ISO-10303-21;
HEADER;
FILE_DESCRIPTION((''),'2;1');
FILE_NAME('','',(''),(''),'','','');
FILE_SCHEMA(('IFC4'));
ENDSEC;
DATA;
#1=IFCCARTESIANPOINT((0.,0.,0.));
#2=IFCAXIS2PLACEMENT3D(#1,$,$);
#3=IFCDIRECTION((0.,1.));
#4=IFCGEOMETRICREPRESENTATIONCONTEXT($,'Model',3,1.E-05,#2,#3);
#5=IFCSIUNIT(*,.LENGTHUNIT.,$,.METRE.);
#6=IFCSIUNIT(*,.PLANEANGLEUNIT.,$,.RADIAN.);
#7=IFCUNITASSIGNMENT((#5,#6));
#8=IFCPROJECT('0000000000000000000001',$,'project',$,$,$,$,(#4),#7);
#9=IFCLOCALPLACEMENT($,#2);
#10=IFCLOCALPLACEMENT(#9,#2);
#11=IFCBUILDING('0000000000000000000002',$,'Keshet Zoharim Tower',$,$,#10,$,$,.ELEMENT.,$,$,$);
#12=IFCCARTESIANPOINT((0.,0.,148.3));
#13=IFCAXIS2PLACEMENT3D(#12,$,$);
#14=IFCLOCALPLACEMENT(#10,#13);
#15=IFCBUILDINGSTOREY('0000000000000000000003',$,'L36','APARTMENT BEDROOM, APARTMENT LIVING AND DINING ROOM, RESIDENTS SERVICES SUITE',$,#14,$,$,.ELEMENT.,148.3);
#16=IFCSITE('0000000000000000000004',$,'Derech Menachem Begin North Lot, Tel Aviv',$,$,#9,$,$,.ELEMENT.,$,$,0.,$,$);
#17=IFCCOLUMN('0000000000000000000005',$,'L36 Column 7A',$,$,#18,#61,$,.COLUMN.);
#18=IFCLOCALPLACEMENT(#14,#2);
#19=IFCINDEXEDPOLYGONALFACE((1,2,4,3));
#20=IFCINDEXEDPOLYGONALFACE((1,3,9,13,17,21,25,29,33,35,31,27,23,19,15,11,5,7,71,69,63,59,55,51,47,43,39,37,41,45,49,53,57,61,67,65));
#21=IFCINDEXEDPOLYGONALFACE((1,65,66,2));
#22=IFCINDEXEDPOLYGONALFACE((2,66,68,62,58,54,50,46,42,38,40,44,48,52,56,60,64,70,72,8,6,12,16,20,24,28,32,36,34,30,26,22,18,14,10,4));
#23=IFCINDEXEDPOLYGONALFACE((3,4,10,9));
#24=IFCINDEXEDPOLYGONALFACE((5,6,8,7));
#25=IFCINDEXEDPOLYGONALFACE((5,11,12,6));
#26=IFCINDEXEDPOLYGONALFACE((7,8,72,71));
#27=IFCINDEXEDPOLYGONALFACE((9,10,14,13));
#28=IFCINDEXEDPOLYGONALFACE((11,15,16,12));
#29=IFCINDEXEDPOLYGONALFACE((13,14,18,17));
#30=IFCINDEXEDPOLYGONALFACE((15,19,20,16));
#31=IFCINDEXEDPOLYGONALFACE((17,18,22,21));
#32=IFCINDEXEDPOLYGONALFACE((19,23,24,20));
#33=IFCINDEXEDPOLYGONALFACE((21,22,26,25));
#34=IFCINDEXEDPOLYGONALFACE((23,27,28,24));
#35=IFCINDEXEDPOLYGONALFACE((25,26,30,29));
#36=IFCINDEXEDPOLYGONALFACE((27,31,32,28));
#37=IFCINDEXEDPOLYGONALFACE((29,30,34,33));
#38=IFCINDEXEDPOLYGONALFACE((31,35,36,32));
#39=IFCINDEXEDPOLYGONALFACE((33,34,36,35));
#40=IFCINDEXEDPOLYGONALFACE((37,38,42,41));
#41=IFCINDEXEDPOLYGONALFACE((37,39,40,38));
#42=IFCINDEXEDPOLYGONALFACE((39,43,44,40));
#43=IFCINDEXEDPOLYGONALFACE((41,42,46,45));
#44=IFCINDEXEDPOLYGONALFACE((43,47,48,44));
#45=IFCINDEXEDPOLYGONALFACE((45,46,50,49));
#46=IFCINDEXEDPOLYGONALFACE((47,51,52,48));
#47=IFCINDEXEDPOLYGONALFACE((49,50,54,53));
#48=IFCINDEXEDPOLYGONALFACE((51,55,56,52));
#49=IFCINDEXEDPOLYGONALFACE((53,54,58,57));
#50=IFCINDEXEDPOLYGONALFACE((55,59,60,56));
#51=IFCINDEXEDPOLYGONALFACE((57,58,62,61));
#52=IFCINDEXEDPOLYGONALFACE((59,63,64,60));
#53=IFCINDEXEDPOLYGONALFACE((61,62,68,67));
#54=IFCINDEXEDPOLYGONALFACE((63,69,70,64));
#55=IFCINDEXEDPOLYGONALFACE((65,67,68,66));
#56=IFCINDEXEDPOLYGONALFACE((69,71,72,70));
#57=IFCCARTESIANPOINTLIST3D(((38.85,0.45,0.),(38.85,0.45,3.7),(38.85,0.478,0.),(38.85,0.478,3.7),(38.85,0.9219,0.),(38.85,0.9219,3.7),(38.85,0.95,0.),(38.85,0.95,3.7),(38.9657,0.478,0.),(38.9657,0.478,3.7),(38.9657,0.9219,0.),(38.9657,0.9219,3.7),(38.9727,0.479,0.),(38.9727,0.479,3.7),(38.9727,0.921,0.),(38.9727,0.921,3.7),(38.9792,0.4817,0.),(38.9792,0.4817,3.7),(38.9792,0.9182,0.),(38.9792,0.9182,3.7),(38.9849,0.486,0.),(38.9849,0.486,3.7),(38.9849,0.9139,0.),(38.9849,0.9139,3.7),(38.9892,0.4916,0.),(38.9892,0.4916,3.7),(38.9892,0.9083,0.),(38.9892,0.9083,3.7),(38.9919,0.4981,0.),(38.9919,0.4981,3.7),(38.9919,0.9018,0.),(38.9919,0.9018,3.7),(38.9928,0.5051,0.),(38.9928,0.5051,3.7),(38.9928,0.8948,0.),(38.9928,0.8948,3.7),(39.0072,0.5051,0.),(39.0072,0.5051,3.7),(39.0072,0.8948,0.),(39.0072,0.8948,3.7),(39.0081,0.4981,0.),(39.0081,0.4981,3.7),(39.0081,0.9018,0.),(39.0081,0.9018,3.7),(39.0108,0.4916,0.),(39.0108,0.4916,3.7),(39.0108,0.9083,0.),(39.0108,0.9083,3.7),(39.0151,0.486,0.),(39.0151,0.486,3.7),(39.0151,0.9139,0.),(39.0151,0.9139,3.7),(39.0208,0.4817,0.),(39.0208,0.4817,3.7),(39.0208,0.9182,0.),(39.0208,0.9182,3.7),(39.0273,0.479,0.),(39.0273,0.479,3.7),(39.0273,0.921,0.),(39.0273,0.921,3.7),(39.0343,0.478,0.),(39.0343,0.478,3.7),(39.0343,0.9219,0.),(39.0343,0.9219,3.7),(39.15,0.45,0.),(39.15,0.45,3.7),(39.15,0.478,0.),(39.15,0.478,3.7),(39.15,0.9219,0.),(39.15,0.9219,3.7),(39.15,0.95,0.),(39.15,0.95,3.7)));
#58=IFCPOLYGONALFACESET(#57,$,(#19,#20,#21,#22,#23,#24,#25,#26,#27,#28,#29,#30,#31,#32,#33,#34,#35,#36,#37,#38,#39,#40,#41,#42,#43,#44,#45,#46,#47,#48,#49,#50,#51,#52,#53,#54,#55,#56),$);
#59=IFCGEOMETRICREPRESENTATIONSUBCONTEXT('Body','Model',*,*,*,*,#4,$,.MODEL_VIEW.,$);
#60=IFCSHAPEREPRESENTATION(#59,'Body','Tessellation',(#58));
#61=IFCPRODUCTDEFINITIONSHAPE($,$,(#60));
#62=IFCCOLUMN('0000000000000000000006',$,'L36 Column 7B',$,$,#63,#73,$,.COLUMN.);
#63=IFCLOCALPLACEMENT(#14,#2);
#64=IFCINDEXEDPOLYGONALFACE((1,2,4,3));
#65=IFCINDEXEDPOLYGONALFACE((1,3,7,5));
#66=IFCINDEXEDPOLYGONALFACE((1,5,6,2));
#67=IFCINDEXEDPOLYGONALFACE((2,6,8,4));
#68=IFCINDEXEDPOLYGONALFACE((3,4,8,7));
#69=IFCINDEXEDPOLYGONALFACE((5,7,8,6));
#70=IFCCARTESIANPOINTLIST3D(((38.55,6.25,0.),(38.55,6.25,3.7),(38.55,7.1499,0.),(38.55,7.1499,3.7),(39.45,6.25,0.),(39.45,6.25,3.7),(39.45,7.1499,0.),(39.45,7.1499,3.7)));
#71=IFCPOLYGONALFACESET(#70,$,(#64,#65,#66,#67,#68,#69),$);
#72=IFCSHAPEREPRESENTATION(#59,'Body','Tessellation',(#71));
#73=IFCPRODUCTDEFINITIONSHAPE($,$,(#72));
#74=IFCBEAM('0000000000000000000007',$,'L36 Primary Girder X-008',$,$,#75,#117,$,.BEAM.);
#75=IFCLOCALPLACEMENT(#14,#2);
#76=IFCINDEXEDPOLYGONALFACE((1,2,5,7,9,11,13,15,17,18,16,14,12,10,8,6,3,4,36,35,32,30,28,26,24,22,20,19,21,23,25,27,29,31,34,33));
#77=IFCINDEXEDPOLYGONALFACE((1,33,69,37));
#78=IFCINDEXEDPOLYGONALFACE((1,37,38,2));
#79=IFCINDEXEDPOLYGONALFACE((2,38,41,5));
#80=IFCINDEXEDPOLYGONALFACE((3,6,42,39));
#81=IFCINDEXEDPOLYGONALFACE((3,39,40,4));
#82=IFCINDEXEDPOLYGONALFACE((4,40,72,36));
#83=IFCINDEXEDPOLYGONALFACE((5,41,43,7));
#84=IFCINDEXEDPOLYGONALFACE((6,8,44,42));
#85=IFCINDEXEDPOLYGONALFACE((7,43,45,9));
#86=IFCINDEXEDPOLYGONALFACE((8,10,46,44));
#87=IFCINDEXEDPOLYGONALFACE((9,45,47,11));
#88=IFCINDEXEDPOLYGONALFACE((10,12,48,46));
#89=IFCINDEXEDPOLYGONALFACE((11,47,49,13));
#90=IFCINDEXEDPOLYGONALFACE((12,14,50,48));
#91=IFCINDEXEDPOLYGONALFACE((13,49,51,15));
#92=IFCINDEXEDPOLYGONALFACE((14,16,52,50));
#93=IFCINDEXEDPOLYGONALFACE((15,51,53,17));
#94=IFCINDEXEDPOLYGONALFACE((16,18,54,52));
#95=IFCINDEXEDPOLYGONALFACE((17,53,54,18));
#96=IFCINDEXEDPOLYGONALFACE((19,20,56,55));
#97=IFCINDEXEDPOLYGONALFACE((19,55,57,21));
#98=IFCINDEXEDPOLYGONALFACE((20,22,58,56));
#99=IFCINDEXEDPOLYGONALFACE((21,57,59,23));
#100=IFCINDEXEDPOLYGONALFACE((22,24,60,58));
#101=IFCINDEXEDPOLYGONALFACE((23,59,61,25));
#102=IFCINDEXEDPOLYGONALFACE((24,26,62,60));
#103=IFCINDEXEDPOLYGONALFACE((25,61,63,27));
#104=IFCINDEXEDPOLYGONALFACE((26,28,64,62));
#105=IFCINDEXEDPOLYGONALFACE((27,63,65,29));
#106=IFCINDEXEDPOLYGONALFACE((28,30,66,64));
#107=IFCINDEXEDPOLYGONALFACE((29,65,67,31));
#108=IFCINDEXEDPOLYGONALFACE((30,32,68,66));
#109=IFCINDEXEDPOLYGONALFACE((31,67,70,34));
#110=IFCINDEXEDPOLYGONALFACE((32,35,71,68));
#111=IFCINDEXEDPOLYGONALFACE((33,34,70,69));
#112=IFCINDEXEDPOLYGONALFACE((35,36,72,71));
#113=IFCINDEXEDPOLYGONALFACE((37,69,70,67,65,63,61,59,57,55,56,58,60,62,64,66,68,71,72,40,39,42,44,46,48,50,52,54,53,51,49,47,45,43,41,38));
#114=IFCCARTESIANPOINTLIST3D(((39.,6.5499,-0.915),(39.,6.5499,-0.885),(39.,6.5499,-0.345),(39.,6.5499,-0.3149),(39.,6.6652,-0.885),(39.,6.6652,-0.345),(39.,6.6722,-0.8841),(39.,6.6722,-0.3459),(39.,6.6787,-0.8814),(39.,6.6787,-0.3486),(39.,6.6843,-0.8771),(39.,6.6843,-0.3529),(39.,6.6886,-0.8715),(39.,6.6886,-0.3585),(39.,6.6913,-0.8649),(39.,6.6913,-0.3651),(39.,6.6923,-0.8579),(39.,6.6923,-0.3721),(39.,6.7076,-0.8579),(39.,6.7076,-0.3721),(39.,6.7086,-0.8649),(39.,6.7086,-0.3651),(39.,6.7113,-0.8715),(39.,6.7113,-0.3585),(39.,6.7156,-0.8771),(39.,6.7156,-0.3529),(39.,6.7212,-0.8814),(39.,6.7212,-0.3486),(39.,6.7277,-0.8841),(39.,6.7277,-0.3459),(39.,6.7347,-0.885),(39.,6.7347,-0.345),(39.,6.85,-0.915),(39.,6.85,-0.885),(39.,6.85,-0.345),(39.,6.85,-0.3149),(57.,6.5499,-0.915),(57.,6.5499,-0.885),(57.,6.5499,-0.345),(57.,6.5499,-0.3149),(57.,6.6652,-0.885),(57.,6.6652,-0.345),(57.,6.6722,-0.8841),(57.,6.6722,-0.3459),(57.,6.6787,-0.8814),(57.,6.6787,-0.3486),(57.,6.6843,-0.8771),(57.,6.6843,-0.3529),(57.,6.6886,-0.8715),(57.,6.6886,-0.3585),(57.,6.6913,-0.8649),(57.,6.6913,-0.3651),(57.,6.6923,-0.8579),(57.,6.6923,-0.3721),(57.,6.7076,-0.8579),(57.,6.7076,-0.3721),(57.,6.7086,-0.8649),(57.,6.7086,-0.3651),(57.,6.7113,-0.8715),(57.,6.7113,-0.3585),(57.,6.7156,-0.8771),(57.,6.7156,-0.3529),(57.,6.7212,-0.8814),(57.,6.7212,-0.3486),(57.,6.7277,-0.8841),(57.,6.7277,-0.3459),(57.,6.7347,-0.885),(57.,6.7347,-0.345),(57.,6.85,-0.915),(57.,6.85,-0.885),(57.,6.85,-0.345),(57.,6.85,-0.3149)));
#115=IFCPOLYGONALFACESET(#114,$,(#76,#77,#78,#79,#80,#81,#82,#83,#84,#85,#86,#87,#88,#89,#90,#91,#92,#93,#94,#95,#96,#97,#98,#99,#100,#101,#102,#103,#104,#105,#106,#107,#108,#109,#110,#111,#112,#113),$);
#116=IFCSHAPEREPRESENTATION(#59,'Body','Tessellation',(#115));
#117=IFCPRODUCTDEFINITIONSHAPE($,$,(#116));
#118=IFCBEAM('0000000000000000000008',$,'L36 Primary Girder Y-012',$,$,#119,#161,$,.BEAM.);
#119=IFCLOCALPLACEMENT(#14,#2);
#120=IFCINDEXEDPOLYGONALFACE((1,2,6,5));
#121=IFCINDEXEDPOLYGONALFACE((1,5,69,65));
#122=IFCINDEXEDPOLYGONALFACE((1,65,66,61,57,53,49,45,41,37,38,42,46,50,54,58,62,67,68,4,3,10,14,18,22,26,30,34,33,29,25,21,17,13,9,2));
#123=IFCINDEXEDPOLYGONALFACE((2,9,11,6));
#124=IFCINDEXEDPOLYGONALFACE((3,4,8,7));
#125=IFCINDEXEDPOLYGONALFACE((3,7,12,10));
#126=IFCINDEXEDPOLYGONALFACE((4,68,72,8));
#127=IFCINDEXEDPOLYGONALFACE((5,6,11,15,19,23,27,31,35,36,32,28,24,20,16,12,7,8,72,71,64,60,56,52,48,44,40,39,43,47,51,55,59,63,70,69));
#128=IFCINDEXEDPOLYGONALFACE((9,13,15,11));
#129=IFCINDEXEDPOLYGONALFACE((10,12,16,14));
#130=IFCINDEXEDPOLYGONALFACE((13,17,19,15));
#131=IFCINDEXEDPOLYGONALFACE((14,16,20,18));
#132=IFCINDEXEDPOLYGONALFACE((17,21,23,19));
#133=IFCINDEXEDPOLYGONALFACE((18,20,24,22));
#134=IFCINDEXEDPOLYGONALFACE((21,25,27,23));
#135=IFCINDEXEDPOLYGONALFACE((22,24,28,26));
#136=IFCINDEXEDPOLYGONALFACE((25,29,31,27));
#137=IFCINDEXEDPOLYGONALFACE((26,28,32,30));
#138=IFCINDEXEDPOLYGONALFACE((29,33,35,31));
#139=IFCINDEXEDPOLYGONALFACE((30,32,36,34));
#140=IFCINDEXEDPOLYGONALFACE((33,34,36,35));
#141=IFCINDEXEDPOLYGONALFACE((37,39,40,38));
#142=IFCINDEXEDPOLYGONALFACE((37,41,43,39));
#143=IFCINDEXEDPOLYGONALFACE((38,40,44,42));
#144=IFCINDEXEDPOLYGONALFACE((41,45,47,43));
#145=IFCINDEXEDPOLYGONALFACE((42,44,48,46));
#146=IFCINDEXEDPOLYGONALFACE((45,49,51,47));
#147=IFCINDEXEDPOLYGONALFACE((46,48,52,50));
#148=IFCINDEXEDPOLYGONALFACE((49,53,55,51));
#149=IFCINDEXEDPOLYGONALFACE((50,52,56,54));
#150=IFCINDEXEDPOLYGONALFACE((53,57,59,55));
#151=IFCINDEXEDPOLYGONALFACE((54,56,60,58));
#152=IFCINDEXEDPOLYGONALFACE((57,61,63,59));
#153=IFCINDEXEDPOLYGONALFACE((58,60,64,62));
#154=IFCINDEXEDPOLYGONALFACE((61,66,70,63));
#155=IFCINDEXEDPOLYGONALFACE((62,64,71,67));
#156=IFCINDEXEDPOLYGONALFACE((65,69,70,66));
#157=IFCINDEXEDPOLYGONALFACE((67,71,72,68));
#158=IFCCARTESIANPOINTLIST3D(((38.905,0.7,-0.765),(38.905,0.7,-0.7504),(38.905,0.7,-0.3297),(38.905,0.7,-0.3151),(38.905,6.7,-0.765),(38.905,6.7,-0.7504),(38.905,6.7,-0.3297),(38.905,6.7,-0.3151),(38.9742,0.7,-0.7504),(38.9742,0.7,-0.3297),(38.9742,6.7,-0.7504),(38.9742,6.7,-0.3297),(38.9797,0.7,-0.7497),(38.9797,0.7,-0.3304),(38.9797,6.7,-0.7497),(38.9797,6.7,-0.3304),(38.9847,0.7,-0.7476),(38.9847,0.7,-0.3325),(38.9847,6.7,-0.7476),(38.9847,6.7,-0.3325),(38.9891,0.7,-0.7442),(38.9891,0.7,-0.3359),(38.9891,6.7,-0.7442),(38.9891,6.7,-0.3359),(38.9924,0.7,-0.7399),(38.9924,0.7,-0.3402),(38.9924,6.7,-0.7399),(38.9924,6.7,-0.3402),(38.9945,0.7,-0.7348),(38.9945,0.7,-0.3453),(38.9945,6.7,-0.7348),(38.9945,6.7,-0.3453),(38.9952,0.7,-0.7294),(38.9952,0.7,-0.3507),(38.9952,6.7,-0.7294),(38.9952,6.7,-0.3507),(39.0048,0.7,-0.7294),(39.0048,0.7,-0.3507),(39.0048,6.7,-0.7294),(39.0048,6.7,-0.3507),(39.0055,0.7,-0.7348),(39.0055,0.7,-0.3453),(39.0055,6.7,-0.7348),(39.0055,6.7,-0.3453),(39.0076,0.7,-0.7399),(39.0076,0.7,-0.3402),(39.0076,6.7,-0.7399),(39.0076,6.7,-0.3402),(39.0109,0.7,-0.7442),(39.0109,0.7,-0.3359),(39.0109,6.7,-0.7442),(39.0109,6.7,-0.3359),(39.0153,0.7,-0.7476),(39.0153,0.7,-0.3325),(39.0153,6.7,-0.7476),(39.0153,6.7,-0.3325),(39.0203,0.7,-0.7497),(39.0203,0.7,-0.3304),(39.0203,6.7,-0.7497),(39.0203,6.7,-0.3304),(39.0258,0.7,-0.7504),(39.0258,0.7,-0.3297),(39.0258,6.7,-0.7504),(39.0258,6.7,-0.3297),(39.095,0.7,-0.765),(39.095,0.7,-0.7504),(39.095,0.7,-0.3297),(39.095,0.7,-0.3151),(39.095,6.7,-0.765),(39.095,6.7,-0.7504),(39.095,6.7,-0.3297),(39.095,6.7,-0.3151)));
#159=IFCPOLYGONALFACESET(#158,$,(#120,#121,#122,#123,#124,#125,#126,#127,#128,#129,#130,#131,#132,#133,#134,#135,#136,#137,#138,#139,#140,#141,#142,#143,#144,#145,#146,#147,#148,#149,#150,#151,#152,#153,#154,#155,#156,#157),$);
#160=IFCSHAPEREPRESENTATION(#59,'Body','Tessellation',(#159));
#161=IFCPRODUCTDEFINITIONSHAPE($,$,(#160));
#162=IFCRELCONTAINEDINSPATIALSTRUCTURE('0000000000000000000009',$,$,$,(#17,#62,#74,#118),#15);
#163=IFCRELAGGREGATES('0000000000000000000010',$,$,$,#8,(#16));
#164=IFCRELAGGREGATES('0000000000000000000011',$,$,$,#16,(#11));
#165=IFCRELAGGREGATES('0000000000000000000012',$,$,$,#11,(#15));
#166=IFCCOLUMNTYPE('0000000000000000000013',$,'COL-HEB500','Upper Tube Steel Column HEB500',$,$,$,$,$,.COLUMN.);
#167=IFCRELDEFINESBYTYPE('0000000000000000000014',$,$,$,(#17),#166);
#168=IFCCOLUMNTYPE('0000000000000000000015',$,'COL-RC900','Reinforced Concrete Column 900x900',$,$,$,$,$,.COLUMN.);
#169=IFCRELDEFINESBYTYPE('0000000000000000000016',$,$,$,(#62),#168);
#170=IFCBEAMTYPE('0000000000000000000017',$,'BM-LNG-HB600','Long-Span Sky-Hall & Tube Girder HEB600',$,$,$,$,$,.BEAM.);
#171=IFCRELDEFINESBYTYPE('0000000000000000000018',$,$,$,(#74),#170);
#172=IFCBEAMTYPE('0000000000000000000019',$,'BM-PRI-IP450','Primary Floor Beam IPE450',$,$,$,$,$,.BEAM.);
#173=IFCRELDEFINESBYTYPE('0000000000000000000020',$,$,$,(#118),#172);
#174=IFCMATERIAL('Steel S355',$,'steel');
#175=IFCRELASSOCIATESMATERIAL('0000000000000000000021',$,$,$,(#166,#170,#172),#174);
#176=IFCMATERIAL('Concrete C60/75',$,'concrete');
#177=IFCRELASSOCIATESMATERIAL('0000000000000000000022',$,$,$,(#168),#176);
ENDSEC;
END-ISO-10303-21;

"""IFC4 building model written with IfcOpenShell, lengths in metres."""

from ifc_helpers import new_model, si_unit, direction, frame, origin, origin_2d, place, context, subcontext, project, spatial, rectangle, i_section, extrude, material, material_profile, profile_set, type_object, element, save


model = new_model("IFC4")

# Units and contexts
model_context = context("Model", 3, precision=1e-05, world=origin(), true_north=direction((0.0, 1.0)))
body_context = subcontext(model_context, "Body", "Model", "MODEL_VIEW")
ifc_project = project(units=[si_unit("LENGTHUNIT", "METRE"), si_unit("PLANEANGLEUNIT", "RADIAN")], contexts=[model_context])

# Site, building, storey
site_placement = place(None, origin())
site = spatial("IfcSite", under=ifc_project, at=site_placement, Name="Derech Menachem Begin North Lot, Tel Aviv", CompositionType="ELEMENT", RefElevation=0.0)
building_placement = place(site_placement, origin())
building = spatial("IfcBuilding", under=site, at=building_placement, Name="Keshet Zoharim Tower", CompositionType="ELEMENT")
storey_placement = place(building_placement, frame((0.0, 0.0, 148.3)))
storey = spatial("IfcBuildingStorey", under=building, at=storey_placement, Name="L36", Description="APARTMENT BEDROOM, APARTMENT LIVING AND DINING ROOM, RESIDENTS SERVICES SUITE", CompositionType="ELEMENT", Elevation=148.3)

# Columns
ifc_material_1 = material(Name="Steel S355", Category="steel")
ifc_material_profile_1 = material_profile(ifc_material_1, i_section(OverallWidth=0.3, OverallDepth=0.5, WebThickness=0.0144, FlangeThickness=0.0281, FilletRadius=0.0271, at=origin_2d()), Name="HEB500")
ifc_profile_set_1 = profile_set([ifc_material_profile_1], Name="Steel S355")
column_type_1 = type_object("IfcColumnType", Name="COL-HEB500", Description="Upper Tube Steel Column HEB500", PredefinedType="COLUMN", material=ifc_profile_set_1)
column_1_placement = place(storey_placement, frame((39.0, 0.7, 0.0), z_axis=(0.0, 0.0, 1.0), x_axis=(1.0, 0.0, 0.0)))
element("IfcColumn", 1, at=column_1_placement, inside=storey, type_object=column_type_1, Name="L36 Column 7A", PredefinedType="COLUMN", context=body_context, shape_type="SweptSolid", body=[
    extrude(i_section(OverallWidth=0.3, OverallDepth=0.5, WebThickness=0.0144, FlangeThickness=0.0281, FilletRadius=0.0271, at=origin_2d()), origin(), (0.0, 0.0, 1.0), 3.7),
])
ifc_material_2 = material(Name="Concrete C60/75", Category="concrete")
ifc_material_profile_2 = material_profile(ifc_material_2, rectangle(XDim=0.8999, YDim=0.8999, at=origin_2d()), Name="RC900x900")
ifc_profile_set_2 = profile_set([ifc_material_profile_2], Name="Concrete C60/75")
column_type_2 = type_object("IfcColumnType", Name="COL-RC900", Description="Reinforced Concrete Column 900x900", PredefinedType="COLUMN", material=ifc_profile_set_2)
column_2_placement = place(storey_placement, frame((39.0, 6.7, 0.0), z_axis=(0.0, 0.0, 1.0), x_axis=(1.0, 0.0, 0.0)))
element("IfcColumn", 2, at=column_2_placement, inside=storey, type_object=column_type_2, Name="L36 Column 7B", PredefinedType="COLUMN", context=body_context, shape_type="SweptSolid", body=[
    extrude(rectangle(XDim=0.8999, YDim=0.8999, at=origin_2d()), origin(), (0.0, 0.0, 1.0), 3.7),
])

# Beams
ifc_material_profile_3 = material_profile(ifc_material_1, i_section(OverallWidth=0.3, OverallDepth=0.6001, WebThickness=0.0154, FlangeThickness=0.03, FilletRadius=0.0271, at=origin_2d()), Name="HEB600")
ifc_profile_set_3 = profile_set([ifc_material_profile_3], Name="Steel S355")
beam_type_1 = type_object("IfcBeamType", Name="BM-LNG-HB600", Description="Long-Span Sky-Hall & Tube Girder HEB600", PredefinedType="BEAM", material=ifc_profile_set_3)
beam_1_placement = place(storey_placement, frame((39.0, 6.7, -0.615), z_axis=(1.0, 0.0, 0.0), x_axis=(0.0, 1.0, 0.0)))
element("IfcBeam", 3, at=beam_1_placement, inside=storey, type_object=beam_type_1, Name="L36 Primary Girder X-008", PredefinedType="BEAM", context=body_context, shape_type="SweptSolid", body=[
    extrude(i_section(OverallWidth=0.3, OverallDepth=0.6001, WebThickness=0.0154, FlangeThickness=0.03, FilletRadius=0.0271, at=origin_2d()), origin(), (0.0, 0.0, 1.0), 18.0),
])
ifc_material_profile_4 = material_profile(ifc_material_1, i_section(OverallWidth=0.1899, OverallDepth=0.45, WebThickness=0.0095, FlangeThickness=0.0146, FilletRadius=0.021, at=origin_2d()), Name="IPE450")
ifc_profile_set_4 = profile_set([ifc_material_profile_4], Name="Steel S355")
beam_type_2 = type_object("IfcBeamType", Name="BM-PRI-IP450", Description="Primary Floor Beam IPE450", PredefinedType="BEAM", material=ifc_profile_set_4)
beam_2_placement = place(storey_placement, frame((39.0, 0.7, -0.54), z_axis=(0.0, 1.0, 0.0), x_axis=(-1.0, 0.0, 0.0)))
element("IfcBeam", 4, at=beam_2_placement, inside=storey, type_object=beam_type_2, Name="L36 Primary Girder Y-012", PredefinedType="BEAM", context=body_context, shape_type="SweptSolid", body=[
    extrude(i_section(OverallWidth=0.1899, OverallDepth=0.45, WebThickness=0.0095, FlangeThickness=0.0146, FilletRadius=0.021, at=origin_2d()), origin(), (0.0, 0.0, 1.0), 6.0),
])

save(model, "model.ifc")
